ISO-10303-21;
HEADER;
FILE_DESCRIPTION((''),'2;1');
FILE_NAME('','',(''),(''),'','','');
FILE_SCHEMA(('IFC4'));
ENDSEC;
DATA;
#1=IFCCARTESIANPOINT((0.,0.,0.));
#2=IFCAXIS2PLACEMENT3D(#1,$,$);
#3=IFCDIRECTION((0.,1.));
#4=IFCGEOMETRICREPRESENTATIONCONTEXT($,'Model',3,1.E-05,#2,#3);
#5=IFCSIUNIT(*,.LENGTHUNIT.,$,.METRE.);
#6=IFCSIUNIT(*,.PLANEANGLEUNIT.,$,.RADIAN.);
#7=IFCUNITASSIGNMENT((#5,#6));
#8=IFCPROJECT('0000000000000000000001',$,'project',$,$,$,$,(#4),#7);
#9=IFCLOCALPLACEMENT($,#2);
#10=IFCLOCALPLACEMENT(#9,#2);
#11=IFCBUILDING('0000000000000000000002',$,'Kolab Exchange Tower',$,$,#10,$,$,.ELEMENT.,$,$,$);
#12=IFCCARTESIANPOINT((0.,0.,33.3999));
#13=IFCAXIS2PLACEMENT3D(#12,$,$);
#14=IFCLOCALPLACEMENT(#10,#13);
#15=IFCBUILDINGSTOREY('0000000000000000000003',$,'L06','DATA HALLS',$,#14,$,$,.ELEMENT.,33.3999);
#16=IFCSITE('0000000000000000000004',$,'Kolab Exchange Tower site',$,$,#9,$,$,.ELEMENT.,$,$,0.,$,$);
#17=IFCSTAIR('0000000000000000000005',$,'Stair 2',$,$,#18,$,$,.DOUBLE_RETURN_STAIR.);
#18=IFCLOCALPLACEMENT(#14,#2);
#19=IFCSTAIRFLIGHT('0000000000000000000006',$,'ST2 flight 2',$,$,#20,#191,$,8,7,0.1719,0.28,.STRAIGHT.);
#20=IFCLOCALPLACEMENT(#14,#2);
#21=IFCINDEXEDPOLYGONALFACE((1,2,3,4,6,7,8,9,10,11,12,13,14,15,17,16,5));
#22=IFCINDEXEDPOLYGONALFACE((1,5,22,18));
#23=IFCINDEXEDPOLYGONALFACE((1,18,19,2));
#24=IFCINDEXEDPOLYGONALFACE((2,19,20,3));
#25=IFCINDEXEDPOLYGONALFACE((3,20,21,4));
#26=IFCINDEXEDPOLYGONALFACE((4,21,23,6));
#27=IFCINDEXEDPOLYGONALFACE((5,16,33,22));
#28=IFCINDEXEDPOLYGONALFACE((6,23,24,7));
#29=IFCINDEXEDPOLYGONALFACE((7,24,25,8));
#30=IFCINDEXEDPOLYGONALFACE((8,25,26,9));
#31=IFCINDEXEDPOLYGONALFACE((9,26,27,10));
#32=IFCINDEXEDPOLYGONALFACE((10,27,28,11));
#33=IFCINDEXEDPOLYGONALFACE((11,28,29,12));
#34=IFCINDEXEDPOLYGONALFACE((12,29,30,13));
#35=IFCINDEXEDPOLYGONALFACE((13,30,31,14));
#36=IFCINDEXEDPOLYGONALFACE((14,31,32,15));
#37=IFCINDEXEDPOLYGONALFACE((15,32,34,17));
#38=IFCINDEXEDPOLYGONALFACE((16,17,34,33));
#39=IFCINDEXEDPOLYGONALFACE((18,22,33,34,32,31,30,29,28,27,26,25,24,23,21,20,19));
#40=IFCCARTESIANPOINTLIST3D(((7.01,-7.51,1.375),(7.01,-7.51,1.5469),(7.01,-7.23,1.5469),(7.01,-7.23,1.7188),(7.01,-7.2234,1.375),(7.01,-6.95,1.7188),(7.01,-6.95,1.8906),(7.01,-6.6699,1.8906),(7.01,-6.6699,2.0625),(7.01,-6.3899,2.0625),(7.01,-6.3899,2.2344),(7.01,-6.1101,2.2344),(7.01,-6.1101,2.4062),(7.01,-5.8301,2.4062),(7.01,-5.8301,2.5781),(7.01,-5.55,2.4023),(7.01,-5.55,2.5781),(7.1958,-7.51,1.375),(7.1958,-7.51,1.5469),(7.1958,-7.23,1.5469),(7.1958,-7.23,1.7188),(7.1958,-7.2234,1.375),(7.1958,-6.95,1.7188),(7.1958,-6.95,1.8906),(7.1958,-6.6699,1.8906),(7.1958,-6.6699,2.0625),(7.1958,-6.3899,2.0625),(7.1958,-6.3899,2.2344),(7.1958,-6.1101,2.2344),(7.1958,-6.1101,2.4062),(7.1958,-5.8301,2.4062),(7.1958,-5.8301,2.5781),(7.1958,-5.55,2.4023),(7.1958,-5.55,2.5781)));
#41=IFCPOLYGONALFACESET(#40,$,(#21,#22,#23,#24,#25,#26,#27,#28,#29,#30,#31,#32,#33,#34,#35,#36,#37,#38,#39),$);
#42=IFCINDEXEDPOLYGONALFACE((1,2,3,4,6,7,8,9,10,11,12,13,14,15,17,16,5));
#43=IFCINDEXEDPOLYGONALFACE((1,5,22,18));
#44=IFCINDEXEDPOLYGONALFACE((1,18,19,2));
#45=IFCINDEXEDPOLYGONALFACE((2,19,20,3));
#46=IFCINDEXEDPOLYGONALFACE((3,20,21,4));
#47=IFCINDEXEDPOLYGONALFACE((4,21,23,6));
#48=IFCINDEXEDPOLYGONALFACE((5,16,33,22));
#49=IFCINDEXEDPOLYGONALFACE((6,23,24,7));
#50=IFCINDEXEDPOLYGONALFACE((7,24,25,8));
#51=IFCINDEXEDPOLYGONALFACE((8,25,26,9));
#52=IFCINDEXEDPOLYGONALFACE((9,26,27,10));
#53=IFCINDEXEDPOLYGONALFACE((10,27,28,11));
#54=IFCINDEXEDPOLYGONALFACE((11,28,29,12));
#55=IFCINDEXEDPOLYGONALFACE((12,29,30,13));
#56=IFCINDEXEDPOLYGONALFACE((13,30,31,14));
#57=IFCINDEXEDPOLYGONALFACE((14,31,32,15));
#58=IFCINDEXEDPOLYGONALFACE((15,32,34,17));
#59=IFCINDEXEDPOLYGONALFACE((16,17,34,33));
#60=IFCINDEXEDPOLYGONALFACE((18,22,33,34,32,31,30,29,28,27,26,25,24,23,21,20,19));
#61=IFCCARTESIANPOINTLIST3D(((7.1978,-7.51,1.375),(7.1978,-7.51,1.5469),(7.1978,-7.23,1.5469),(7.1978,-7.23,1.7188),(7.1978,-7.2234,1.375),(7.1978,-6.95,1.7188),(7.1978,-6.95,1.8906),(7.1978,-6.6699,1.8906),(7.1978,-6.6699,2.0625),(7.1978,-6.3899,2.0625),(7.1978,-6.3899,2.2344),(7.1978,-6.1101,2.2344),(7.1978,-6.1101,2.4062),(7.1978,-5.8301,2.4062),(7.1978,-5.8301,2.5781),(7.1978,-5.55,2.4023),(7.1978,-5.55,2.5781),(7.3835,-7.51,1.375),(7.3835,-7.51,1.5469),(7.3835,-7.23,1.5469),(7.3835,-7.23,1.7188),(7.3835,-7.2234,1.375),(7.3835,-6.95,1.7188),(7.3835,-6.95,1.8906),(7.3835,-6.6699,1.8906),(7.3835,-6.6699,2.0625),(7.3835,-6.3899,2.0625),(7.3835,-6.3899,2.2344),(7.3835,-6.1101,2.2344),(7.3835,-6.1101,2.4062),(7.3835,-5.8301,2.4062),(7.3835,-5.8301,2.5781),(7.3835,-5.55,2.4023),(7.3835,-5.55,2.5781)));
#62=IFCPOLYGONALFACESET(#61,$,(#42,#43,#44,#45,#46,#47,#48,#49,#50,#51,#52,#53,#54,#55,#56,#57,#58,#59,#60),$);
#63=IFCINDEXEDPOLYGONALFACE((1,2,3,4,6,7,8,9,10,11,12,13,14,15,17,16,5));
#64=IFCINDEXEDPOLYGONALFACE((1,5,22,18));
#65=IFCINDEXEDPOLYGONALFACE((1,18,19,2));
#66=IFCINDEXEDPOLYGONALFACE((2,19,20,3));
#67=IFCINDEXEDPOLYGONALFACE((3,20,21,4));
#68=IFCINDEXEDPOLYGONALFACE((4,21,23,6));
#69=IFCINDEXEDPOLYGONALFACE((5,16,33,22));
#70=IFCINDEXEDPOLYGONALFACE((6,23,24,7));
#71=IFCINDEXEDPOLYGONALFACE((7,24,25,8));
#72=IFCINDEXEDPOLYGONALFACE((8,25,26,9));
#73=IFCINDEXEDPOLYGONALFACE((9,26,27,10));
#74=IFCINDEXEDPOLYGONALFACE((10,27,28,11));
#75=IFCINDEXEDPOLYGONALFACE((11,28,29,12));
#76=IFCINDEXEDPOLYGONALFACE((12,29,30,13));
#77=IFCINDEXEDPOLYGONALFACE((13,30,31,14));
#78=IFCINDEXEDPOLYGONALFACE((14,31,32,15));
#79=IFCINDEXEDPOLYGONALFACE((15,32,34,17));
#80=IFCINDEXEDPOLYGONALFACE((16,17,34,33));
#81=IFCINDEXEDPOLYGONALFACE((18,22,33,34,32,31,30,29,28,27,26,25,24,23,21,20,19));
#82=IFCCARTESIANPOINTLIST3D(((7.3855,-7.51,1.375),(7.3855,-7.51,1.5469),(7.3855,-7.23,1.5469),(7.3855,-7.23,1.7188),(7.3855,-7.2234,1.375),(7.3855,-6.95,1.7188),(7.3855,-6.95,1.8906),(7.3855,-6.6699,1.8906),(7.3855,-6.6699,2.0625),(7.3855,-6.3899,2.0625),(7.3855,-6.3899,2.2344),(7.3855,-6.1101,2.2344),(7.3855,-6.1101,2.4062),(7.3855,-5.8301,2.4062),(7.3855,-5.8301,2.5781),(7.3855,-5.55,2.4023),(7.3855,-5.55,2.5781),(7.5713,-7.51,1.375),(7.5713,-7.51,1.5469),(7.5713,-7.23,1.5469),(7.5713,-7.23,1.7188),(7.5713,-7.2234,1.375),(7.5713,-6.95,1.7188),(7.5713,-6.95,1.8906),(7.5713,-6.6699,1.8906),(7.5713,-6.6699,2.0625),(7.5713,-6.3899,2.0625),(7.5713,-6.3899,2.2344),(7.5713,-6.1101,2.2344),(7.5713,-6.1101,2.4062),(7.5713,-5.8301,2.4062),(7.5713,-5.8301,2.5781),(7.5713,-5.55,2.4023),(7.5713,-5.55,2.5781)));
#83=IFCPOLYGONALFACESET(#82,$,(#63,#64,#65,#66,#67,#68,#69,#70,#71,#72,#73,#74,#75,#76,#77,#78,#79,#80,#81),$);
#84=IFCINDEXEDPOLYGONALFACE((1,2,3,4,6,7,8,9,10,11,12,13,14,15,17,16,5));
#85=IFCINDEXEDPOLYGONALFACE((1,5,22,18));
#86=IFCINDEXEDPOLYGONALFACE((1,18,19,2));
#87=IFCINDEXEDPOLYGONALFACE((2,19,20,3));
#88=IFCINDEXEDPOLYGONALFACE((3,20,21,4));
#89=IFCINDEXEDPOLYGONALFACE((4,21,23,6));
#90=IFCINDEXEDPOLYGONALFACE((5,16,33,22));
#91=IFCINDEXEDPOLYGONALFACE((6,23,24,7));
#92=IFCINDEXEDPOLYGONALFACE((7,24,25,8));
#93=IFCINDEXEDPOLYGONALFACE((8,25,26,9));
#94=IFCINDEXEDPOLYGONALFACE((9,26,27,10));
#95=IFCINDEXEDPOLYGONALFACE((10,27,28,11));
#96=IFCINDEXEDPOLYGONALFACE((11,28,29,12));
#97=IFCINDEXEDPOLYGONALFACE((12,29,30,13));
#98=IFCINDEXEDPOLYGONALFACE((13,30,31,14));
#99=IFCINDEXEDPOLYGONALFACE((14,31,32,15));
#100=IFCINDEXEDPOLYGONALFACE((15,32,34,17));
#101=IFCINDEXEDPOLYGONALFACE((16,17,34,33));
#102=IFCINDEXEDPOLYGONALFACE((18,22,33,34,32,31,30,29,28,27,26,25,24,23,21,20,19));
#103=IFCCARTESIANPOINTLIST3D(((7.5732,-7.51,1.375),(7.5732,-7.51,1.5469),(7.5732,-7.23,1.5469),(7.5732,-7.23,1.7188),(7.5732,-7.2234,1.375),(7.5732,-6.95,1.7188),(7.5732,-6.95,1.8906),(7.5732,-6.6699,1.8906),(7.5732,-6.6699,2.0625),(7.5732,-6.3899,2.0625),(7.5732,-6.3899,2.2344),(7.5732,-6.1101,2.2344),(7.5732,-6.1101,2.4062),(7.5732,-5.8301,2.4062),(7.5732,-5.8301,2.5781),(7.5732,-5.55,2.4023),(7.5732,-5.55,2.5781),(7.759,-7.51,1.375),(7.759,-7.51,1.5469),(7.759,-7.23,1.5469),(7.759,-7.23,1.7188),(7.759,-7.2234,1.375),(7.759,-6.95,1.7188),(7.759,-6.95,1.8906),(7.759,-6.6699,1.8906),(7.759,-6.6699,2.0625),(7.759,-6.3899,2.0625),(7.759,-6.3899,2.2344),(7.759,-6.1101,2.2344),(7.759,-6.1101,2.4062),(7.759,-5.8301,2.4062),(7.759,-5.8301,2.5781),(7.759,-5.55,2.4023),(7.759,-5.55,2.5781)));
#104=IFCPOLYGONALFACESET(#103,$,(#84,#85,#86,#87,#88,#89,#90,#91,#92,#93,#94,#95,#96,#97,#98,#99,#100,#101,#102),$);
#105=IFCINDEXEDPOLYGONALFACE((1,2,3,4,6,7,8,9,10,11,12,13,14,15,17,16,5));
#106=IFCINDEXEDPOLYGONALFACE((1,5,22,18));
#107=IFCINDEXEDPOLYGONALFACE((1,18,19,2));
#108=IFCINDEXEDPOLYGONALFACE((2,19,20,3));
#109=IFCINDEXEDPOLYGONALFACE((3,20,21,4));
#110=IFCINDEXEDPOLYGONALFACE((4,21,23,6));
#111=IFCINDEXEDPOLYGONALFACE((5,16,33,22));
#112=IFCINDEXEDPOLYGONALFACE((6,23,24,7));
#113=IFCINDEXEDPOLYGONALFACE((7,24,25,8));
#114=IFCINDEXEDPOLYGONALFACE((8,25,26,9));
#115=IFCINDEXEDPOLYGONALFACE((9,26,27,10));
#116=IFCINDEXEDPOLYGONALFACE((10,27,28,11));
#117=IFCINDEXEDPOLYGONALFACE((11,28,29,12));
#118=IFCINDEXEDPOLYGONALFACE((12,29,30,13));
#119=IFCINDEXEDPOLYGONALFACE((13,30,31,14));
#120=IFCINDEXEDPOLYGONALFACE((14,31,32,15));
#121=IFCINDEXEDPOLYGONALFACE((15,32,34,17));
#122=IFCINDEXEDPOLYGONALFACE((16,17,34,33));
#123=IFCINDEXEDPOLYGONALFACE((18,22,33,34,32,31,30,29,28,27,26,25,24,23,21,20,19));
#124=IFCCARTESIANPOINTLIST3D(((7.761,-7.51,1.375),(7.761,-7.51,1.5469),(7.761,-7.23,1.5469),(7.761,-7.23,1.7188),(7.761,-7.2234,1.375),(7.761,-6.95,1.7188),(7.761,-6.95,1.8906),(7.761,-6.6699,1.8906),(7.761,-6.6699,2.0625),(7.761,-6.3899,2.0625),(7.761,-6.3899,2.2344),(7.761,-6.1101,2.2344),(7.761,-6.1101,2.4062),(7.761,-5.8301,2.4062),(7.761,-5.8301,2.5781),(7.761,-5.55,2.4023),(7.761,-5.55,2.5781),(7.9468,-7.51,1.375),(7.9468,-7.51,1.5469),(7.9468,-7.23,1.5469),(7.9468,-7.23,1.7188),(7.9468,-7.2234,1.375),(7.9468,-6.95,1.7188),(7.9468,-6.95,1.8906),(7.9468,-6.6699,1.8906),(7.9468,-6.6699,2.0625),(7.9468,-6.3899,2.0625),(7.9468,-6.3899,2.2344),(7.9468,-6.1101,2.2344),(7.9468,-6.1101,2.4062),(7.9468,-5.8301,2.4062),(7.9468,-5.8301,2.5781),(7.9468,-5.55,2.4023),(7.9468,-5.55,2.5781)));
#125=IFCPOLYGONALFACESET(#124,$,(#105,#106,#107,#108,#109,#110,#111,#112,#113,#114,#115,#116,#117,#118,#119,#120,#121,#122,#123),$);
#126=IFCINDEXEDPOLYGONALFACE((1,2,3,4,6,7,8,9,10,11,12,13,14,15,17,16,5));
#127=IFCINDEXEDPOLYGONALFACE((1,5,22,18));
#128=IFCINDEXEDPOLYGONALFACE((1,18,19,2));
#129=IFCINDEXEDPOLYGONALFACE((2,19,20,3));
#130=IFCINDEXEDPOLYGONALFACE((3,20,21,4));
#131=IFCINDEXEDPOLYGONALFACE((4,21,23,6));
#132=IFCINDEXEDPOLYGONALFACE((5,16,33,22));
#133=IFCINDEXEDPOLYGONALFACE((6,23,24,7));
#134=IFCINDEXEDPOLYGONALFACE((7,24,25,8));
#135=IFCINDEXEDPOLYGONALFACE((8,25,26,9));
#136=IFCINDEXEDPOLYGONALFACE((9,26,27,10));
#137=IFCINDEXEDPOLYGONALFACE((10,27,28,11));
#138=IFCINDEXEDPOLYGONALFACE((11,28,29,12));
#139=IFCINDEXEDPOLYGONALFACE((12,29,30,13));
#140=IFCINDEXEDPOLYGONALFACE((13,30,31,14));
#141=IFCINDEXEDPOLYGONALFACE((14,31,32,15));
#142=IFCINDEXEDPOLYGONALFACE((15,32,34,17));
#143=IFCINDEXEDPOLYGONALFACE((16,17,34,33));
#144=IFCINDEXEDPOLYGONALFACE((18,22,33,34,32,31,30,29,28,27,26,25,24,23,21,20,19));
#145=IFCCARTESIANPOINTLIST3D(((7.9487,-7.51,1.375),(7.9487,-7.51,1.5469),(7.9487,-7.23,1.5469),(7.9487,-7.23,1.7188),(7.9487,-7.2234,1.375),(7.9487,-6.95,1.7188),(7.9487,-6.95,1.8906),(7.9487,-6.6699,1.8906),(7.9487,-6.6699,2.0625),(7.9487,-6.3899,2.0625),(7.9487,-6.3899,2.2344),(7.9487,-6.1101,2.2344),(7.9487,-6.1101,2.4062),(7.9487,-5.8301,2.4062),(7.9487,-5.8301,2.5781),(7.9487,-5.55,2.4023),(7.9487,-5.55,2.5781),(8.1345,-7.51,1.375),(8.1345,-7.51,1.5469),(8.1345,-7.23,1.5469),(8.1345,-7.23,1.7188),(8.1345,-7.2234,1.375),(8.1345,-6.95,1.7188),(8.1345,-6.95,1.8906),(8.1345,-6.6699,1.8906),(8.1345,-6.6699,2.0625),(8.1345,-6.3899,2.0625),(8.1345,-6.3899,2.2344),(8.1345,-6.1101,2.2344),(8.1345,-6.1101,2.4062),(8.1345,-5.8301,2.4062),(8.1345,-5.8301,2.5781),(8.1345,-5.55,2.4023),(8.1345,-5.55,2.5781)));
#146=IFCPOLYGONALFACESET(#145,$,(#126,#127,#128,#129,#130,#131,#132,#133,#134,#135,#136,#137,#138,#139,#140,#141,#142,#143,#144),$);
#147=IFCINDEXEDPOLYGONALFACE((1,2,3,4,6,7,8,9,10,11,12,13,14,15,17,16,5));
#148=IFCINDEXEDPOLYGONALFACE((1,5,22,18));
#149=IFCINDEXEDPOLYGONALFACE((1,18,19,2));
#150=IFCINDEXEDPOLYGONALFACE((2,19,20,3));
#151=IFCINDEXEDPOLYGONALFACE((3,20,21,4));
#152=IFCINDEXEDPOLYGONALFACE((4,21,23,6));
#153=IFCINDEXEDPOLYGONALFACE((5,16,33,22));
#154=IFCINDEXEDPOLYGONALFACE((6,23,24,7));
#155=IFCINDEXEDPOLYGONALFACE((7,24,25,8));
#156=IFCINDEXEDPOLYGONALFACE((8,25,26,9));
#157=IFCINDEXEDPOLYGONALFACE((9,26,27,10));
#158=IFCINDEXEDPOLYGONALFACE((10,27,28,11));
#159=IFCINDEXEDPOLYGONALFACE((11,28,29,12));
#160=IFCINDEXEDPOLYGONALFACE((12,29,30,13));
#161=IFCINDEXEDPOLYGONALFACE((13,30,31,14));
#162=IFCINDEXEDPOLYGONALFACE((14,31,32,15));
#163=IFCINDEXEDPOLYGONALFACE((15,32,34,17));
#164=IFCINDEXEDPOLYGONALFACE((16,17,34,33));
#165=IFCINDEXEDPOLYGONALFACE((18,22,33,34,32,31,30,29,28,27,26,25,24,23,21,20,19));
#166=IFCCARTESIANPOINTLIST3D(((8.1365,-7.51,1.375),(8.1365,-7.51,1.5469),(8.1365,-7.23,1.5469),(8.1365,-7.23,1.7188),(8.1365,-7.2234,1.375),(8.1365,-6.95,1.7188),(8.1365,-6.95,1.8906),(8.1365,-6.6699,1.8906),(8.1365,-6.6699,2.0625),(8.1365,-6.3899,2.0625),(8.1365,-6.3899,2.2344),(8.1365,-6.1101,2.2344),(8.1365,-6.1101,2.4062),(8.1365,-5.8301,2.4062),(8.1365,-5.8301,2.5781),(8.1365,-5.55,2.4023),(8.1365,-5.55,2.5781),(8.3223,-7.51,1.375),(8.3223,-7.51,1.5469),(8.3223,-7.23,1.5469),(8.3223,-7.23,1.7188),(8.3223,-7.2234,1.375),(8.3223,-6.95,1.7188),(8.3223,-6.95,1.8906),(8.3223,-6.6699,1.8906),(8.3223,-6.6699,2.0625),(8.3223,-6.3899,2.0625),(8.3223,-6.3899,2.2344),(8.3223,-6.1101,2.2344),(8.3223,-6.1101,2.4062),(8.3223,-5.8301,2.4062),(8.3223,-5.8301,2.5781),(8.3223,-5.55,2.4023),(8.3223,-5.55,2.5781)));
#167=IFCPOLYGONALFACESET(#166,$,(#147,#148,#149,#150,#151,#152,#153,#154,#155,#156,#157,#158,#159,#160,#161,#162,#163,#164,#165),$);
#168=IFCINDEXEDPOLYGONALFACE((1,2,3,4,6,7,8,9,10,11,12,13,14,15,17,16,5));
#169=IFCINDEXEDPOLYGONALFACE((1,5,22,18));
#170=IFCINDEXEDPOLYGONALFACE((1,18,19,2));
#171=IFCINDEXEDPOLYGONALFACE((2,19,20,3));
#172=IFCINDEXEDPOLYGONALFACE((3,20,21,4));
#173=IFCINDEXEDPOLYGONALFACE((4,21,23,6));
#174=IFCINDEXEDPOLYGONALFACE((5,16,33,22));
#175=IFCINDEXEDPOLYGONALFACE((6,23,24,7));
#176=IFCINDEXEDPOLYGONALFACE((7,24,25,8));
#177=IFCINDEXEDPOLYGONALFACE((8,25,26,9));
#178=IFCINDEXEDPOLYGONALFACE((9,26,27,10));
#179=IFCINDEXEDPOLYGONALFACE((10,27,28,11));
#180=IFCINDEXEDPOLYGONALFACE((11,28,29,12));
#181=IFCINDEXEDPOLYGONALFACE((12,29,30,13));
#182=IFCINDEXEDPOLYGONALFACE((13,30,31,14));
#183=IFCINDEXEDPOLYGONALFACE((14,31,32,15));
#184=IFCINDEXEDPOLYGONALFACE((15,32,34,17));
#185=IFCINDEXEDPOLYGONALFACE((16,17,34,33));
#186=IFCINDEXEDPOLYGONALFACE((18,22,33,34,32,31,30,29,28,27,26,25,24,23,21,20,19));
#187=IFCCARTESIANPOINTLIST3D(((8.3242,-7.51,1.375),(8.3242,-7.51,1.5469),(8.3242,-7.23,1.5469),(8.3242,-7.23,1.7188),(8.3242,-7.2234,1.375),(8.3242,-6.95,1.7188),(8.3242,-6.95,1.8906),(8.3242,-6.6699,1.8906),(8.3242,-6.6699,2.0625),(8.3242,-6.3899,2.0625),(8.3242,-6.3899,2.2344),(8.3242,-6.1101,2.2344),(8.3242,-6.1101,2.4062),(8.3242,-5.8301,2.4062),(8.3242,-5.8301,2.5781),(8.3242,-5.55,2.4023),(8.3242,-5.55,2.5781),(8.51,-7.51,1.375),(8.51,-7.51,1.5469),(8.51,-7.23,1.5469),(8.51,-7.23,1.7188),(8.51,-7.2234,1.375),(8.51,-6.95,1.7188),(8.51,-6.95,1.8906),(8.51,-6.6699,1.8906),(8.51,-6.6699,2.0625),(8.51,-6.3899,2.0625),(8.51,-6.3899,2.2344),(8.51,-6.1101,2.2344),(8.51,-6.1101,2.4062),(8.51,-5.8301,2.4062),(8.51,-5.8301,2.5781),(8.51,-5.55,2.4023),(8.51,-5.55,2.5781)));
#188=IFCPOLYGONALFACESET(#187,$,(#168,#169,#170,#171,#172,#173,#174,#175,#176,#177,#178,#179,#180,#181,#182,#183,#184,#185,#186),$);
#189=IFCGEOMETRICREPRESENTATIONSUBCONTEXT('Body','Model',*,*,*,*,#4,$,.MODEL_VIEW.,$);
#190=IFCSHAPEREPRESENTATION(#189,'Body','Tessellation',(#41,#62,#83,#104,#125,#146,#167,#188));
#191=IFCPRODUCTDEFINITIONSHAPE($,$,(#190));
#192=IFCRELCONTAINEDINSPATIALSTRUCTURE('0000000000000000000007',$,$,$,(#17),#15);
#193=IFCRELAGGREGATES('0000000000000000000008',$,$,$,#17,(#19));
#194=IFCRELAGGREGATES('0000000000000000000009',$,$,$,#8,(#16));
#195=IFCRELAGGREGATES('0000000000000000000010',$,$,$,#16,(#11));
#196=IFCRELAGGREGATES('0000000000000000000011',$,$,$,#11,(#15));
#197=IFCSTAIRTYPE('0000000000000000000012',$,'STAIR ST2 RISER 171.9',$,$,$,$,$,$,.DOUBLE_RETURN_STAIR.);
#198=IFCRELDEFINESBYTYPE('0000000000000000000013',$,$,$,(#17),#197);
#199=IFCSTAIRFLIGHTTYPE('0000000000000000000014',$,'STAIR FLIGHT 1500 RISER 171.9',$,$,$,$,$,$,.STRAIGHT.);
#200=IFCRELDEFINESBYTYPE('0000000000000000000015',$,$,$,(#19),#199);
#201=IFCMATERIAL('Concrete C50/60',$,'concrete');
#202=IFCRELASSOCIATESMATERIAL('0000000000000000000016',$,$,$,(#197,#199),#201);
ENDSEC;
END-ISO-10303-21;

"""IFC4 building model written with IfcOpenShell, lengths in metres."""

from ifc_helpers import new_model, si_unit, direction, frame, origin, place, context, subcontext, project, spatial, polyline, outline, extrude, material, type_object, element, aggregate, save


model = new_model("IFC4")

# Units and contexts
model_context = context("Model", 3, precision=1e-05, world=origin(), true_north=direction((0.0, 1.0)))
body_context = subcontext(model_context, "Body", "Model", "MODEL_VIEW")
ifc_project = project(units=[si_unit("LENGTHUNIT", "METRE"), si_unit("PLANEANGLEUNIT", "RADIAN")], contexts=[model_context])

# Site, building, storey
site_placement = place(None, origin())
site = spatial("IfcSite", under=ifc_project, at=site_placement, Name="Kolab Exchange Tower site", CompositionType="ELEMENT", RefElevation=0.0)
building_placement = place(site_placement, origin())
building = spatial("IfcBuilding", under=site, at=building_placement, Name="Kolab Exchange Tower", CompositionType="ELEMENT")
storey_placement = place(building_placement, frame((0.0, 0.0, 33.3999)))
storey = spatial("IfcBuildingStorey", under=building, at=storey_placement, Name="L06", Description="DATA HALLS", CompositionType="ELEMENT", Elevation=33.3999)

# Shared definitions
ifc_material_1 = material(Name="Concrete C50/60", Category="concrete")

# Stair, stair flight
stair_type = type_object("IfcStairType", Name="STAIR ST2 RISER 171.9", PredefinedType="DOUBLE_RETURN_STAIR", material=ifc_material_1)
stair_placement = place(storey_placement, origin())
stair = element("IfcStair", 1, at=stair_placement, inside=storey, type_object=stair_type, Name="Stair 2", PredefinedType="DOUBLE_RETURN_STAIR")
stair_flight_type = type_object("IfcStairFlightType", Name="STAIR FLIGHT 1500 RISER 171.9", PredefinedType="STRAIGHT", material=ifc_material_1)
stair_flight_placement = place(storey_placement, frame((7.76, -7.51, 1.375), z_axis=(0.0, 0.0, 1.0), x_axis=(0.0, 1.0, 0.0)))
stair_flight = element("IfcStairFlight", 2, at=stair_flight_placement, type_object=stair_flight_type, Name="ST2 flight 2", NumberOfRisers=8, NumberOfTreads=7, PredefinedType="STRAIGHT", RiserHeight=0.1719, TreadLength=0.28, context=body_context, shape_type="SweptSolid", body=[
    extrude(outline(polyline([(0.0, 0.0), (0.0, 0.1719), (0.28, 0.1719), (0.28, 0.3438), (0.5601, 0.3438), (0.5601, 0.5156), (0.8401, 0.5156), (0.8401, 0.6875), (1.1201, 0.6875), (1.1201, 0.8594), (1.3999, 0.8594), (1.3999, 1.0312), (1.6799, 1.0312), (1.6799, 1.2031), (1.96, 1.2031), (1.96, 1.375), (1.96, 1.0273), (0.2866, 0.0), (0.0, 0.0)])), frame((0.0, 0.75, 0.0), z_axis=(0.0, -1.0, 0.0), x_axis=(1.0, 0.0, 0.0)), (0.0, 0.0, 1.0), 0.1858),
    extrude(outline(polyline([(0.0, 0.0), (0.0, 0.1719), (0.28, 0.1719), (0.28, 0.3438), (0.5601, 0.3438), (0.5601, 0.5156), (0.8401, 0.5156), (0.8401, 0.6875), (1.1201, 0.6875), (1.1201, 0.8594), (1.3999, 0.8594), (1.3999, 1.0312), (1.6799, 1.0312), (1.6799, 1.2031), (1.96, 1.2031), (1.96, 1.375), (1.96, 1.0273), (0.2866, 0.0), (0.0, 0.0)])), frame((0.0, 0.5623, 0.0), z_axis=(0.0, -1.0, 0.0), x_axis=(1.0, 0.0, 0.0)), (0.0, 0.0, 1.0), 0.1858),
    extrude(outline(polyline([(0.0, 0.0), (0.0, 0.1719), (0.28, 0.1719), (0.28, 0.3438), (0.5601, 0.3438), (0.5601, 0.5156), (0.8401, 0.5156), (0.8401, 0.6875), (1.1201, 0.6875), (1.1201, 0.8594), (1.3999, 0.8594), (1.3999, 1.0312), (1.6799, 1.0312), (1.6799, 1.2031), (1.96, 1.2031), (1.96, 1.375), (1.96, 1.0273), (0.2866, 0.0), (0.0, 0.0)])), frame((0.0, 0.3745, 0.0), z_axis=(0.0, -1.0, 0.0), x_axis=(1.0, 0.0, 0.0)), (0.0, 0.0, 1.0), 0.1858),
    extrude(outline(polyline([(0.0, 0.0), (0.0, 0.1719), (0.28, 0.1719), (0.28, 0.3438), (0.5601, 0.3438), (0.5601, 0.5156), (0.8401, 0.5156), (0.8401, 0.6875), (1.1201, 0.6875), (1.1201, 0.8594), (1.3999, 0.8594), (1.3999, 1.0312), (1.6799, 1.0312), (1.6799, 1.2031), (1.96, 1.2031), (1.96, 1.375), (1.96, 1.0273), (0.2866, 0.0), (0.0, 0.0)])), frame((0.0, 0.1868, 0.0), z_axis=(0.0, -1.0, 0.0), x_axis=(1.0, 0.0, 0.0)), (0.0, 0.0, 1.0), 0.1858),
    extrude(outline(polyline([(0.0, 0.0), (0.0, 0.1719), (0.28, 0.1719), (0.28, 0.3438), (0.5601, 0.3438), (0.5601, 0.5156), (0.8401, 0.5156), (0.8401, 0.6875), (1.1201, 0.6875), (1.1201, 0.8594), (1.3999, 0.8594), (1.3999, 1.0312), (1.6799, 1.0312), (1.6799, 1.2031), (1.96, 1.2031), (1.96, 1.375), (1.96, 1.0273), (0.2866, 0.0), (0.0, 0.0)])), frame((0.0, -0.001, 0.0), z_axis=(0.0, -1.0, 0.0), x_axis=(1.0, 0.0, 0.0)), (0.0, 0.0, 1.0), 0.1858),
    extrude(outline(polyline([(0.0, 0.0), (0.0, 0.1719), (0.28, 0.1719), (0.28, 0.3438), (0.5601, 0.3438), (0.5601, 0.5156), (0.8401, 0.5156), (0.8401, 0.6875), (1.1201, 0.6875), (1.1201, 0.8594), (1.3999, 0.8594), (1.3999, 1.0312), (1.6799, 1.0312), (1.6799, 1.2031), (1.96, 1.2031), (1.96, 1.375), (1.96, 1.0273), (0.2866, 0.0), (0.0, 0.0)])), frame((0.0, -0.1887, 0.0), z_axis=(0.0, -1.0, 0.0), x_axis=(1.0, 0.0, 0.0)), (0.0, 0.0, 1.0), 0.1858),
    extrude(outline(polyline([(0.0, 0.0), (0.0, 0.1719), (0.28, 0.1719), (0.28, 0.3438), (0.5601, 0.3438), (0.5601, 0.5156), (0.8401, 0.5156), (0.8401, 0.6875), (1.1201, 0.6875), (1.1201, 0.8594), (1.3999, 0.8594), (1.3999, 1.0312), (1.6799, 1.0312), (1.6799, 1.2031), (1.96, 1.2031), (1.96, 1.375), (1.96, 1.0273), (0.2866, 0.0), (0.0, 0.0)])), frame((0.0, -0.3765, 0.0), z_axis=(0.0, -1.0, 0.0), x_axis=(1.0, 0.0, 0.0)), (0.0, 0.0, 1.0), 0.1858),
    extrude(outline(polyline([(0.0, 0.0), (0.0, 0.1719), (0.28, 0.1719), (0.28, 0.3438), (0.5601, 0.3438), (0.5601, 0.5156), (0.8401, 0.5156), (0.8401, 0.6875), (1.1201, 0.6875), (1.1201, 0.8594), (1.3999, 0.8594), (1.3999, 1.0312), (1.6799, 1.0312), (1.6799, 1.2031), (1.96, 1.2031), (1.96, 1.375), (1.96, 1.0273), (0.2866, 0.0), (0.0, 0.0)])), frame((0.0, -0.5642, 0.0), z_axis=(0.0, -1.0, 0.0), x_axis=(1.0, 0.0, 0.0)), (0.0, 0.0, 1.0), 0.1858),
])
aggregate(stair, [stair_flight])

save(model, "model.ifc")
